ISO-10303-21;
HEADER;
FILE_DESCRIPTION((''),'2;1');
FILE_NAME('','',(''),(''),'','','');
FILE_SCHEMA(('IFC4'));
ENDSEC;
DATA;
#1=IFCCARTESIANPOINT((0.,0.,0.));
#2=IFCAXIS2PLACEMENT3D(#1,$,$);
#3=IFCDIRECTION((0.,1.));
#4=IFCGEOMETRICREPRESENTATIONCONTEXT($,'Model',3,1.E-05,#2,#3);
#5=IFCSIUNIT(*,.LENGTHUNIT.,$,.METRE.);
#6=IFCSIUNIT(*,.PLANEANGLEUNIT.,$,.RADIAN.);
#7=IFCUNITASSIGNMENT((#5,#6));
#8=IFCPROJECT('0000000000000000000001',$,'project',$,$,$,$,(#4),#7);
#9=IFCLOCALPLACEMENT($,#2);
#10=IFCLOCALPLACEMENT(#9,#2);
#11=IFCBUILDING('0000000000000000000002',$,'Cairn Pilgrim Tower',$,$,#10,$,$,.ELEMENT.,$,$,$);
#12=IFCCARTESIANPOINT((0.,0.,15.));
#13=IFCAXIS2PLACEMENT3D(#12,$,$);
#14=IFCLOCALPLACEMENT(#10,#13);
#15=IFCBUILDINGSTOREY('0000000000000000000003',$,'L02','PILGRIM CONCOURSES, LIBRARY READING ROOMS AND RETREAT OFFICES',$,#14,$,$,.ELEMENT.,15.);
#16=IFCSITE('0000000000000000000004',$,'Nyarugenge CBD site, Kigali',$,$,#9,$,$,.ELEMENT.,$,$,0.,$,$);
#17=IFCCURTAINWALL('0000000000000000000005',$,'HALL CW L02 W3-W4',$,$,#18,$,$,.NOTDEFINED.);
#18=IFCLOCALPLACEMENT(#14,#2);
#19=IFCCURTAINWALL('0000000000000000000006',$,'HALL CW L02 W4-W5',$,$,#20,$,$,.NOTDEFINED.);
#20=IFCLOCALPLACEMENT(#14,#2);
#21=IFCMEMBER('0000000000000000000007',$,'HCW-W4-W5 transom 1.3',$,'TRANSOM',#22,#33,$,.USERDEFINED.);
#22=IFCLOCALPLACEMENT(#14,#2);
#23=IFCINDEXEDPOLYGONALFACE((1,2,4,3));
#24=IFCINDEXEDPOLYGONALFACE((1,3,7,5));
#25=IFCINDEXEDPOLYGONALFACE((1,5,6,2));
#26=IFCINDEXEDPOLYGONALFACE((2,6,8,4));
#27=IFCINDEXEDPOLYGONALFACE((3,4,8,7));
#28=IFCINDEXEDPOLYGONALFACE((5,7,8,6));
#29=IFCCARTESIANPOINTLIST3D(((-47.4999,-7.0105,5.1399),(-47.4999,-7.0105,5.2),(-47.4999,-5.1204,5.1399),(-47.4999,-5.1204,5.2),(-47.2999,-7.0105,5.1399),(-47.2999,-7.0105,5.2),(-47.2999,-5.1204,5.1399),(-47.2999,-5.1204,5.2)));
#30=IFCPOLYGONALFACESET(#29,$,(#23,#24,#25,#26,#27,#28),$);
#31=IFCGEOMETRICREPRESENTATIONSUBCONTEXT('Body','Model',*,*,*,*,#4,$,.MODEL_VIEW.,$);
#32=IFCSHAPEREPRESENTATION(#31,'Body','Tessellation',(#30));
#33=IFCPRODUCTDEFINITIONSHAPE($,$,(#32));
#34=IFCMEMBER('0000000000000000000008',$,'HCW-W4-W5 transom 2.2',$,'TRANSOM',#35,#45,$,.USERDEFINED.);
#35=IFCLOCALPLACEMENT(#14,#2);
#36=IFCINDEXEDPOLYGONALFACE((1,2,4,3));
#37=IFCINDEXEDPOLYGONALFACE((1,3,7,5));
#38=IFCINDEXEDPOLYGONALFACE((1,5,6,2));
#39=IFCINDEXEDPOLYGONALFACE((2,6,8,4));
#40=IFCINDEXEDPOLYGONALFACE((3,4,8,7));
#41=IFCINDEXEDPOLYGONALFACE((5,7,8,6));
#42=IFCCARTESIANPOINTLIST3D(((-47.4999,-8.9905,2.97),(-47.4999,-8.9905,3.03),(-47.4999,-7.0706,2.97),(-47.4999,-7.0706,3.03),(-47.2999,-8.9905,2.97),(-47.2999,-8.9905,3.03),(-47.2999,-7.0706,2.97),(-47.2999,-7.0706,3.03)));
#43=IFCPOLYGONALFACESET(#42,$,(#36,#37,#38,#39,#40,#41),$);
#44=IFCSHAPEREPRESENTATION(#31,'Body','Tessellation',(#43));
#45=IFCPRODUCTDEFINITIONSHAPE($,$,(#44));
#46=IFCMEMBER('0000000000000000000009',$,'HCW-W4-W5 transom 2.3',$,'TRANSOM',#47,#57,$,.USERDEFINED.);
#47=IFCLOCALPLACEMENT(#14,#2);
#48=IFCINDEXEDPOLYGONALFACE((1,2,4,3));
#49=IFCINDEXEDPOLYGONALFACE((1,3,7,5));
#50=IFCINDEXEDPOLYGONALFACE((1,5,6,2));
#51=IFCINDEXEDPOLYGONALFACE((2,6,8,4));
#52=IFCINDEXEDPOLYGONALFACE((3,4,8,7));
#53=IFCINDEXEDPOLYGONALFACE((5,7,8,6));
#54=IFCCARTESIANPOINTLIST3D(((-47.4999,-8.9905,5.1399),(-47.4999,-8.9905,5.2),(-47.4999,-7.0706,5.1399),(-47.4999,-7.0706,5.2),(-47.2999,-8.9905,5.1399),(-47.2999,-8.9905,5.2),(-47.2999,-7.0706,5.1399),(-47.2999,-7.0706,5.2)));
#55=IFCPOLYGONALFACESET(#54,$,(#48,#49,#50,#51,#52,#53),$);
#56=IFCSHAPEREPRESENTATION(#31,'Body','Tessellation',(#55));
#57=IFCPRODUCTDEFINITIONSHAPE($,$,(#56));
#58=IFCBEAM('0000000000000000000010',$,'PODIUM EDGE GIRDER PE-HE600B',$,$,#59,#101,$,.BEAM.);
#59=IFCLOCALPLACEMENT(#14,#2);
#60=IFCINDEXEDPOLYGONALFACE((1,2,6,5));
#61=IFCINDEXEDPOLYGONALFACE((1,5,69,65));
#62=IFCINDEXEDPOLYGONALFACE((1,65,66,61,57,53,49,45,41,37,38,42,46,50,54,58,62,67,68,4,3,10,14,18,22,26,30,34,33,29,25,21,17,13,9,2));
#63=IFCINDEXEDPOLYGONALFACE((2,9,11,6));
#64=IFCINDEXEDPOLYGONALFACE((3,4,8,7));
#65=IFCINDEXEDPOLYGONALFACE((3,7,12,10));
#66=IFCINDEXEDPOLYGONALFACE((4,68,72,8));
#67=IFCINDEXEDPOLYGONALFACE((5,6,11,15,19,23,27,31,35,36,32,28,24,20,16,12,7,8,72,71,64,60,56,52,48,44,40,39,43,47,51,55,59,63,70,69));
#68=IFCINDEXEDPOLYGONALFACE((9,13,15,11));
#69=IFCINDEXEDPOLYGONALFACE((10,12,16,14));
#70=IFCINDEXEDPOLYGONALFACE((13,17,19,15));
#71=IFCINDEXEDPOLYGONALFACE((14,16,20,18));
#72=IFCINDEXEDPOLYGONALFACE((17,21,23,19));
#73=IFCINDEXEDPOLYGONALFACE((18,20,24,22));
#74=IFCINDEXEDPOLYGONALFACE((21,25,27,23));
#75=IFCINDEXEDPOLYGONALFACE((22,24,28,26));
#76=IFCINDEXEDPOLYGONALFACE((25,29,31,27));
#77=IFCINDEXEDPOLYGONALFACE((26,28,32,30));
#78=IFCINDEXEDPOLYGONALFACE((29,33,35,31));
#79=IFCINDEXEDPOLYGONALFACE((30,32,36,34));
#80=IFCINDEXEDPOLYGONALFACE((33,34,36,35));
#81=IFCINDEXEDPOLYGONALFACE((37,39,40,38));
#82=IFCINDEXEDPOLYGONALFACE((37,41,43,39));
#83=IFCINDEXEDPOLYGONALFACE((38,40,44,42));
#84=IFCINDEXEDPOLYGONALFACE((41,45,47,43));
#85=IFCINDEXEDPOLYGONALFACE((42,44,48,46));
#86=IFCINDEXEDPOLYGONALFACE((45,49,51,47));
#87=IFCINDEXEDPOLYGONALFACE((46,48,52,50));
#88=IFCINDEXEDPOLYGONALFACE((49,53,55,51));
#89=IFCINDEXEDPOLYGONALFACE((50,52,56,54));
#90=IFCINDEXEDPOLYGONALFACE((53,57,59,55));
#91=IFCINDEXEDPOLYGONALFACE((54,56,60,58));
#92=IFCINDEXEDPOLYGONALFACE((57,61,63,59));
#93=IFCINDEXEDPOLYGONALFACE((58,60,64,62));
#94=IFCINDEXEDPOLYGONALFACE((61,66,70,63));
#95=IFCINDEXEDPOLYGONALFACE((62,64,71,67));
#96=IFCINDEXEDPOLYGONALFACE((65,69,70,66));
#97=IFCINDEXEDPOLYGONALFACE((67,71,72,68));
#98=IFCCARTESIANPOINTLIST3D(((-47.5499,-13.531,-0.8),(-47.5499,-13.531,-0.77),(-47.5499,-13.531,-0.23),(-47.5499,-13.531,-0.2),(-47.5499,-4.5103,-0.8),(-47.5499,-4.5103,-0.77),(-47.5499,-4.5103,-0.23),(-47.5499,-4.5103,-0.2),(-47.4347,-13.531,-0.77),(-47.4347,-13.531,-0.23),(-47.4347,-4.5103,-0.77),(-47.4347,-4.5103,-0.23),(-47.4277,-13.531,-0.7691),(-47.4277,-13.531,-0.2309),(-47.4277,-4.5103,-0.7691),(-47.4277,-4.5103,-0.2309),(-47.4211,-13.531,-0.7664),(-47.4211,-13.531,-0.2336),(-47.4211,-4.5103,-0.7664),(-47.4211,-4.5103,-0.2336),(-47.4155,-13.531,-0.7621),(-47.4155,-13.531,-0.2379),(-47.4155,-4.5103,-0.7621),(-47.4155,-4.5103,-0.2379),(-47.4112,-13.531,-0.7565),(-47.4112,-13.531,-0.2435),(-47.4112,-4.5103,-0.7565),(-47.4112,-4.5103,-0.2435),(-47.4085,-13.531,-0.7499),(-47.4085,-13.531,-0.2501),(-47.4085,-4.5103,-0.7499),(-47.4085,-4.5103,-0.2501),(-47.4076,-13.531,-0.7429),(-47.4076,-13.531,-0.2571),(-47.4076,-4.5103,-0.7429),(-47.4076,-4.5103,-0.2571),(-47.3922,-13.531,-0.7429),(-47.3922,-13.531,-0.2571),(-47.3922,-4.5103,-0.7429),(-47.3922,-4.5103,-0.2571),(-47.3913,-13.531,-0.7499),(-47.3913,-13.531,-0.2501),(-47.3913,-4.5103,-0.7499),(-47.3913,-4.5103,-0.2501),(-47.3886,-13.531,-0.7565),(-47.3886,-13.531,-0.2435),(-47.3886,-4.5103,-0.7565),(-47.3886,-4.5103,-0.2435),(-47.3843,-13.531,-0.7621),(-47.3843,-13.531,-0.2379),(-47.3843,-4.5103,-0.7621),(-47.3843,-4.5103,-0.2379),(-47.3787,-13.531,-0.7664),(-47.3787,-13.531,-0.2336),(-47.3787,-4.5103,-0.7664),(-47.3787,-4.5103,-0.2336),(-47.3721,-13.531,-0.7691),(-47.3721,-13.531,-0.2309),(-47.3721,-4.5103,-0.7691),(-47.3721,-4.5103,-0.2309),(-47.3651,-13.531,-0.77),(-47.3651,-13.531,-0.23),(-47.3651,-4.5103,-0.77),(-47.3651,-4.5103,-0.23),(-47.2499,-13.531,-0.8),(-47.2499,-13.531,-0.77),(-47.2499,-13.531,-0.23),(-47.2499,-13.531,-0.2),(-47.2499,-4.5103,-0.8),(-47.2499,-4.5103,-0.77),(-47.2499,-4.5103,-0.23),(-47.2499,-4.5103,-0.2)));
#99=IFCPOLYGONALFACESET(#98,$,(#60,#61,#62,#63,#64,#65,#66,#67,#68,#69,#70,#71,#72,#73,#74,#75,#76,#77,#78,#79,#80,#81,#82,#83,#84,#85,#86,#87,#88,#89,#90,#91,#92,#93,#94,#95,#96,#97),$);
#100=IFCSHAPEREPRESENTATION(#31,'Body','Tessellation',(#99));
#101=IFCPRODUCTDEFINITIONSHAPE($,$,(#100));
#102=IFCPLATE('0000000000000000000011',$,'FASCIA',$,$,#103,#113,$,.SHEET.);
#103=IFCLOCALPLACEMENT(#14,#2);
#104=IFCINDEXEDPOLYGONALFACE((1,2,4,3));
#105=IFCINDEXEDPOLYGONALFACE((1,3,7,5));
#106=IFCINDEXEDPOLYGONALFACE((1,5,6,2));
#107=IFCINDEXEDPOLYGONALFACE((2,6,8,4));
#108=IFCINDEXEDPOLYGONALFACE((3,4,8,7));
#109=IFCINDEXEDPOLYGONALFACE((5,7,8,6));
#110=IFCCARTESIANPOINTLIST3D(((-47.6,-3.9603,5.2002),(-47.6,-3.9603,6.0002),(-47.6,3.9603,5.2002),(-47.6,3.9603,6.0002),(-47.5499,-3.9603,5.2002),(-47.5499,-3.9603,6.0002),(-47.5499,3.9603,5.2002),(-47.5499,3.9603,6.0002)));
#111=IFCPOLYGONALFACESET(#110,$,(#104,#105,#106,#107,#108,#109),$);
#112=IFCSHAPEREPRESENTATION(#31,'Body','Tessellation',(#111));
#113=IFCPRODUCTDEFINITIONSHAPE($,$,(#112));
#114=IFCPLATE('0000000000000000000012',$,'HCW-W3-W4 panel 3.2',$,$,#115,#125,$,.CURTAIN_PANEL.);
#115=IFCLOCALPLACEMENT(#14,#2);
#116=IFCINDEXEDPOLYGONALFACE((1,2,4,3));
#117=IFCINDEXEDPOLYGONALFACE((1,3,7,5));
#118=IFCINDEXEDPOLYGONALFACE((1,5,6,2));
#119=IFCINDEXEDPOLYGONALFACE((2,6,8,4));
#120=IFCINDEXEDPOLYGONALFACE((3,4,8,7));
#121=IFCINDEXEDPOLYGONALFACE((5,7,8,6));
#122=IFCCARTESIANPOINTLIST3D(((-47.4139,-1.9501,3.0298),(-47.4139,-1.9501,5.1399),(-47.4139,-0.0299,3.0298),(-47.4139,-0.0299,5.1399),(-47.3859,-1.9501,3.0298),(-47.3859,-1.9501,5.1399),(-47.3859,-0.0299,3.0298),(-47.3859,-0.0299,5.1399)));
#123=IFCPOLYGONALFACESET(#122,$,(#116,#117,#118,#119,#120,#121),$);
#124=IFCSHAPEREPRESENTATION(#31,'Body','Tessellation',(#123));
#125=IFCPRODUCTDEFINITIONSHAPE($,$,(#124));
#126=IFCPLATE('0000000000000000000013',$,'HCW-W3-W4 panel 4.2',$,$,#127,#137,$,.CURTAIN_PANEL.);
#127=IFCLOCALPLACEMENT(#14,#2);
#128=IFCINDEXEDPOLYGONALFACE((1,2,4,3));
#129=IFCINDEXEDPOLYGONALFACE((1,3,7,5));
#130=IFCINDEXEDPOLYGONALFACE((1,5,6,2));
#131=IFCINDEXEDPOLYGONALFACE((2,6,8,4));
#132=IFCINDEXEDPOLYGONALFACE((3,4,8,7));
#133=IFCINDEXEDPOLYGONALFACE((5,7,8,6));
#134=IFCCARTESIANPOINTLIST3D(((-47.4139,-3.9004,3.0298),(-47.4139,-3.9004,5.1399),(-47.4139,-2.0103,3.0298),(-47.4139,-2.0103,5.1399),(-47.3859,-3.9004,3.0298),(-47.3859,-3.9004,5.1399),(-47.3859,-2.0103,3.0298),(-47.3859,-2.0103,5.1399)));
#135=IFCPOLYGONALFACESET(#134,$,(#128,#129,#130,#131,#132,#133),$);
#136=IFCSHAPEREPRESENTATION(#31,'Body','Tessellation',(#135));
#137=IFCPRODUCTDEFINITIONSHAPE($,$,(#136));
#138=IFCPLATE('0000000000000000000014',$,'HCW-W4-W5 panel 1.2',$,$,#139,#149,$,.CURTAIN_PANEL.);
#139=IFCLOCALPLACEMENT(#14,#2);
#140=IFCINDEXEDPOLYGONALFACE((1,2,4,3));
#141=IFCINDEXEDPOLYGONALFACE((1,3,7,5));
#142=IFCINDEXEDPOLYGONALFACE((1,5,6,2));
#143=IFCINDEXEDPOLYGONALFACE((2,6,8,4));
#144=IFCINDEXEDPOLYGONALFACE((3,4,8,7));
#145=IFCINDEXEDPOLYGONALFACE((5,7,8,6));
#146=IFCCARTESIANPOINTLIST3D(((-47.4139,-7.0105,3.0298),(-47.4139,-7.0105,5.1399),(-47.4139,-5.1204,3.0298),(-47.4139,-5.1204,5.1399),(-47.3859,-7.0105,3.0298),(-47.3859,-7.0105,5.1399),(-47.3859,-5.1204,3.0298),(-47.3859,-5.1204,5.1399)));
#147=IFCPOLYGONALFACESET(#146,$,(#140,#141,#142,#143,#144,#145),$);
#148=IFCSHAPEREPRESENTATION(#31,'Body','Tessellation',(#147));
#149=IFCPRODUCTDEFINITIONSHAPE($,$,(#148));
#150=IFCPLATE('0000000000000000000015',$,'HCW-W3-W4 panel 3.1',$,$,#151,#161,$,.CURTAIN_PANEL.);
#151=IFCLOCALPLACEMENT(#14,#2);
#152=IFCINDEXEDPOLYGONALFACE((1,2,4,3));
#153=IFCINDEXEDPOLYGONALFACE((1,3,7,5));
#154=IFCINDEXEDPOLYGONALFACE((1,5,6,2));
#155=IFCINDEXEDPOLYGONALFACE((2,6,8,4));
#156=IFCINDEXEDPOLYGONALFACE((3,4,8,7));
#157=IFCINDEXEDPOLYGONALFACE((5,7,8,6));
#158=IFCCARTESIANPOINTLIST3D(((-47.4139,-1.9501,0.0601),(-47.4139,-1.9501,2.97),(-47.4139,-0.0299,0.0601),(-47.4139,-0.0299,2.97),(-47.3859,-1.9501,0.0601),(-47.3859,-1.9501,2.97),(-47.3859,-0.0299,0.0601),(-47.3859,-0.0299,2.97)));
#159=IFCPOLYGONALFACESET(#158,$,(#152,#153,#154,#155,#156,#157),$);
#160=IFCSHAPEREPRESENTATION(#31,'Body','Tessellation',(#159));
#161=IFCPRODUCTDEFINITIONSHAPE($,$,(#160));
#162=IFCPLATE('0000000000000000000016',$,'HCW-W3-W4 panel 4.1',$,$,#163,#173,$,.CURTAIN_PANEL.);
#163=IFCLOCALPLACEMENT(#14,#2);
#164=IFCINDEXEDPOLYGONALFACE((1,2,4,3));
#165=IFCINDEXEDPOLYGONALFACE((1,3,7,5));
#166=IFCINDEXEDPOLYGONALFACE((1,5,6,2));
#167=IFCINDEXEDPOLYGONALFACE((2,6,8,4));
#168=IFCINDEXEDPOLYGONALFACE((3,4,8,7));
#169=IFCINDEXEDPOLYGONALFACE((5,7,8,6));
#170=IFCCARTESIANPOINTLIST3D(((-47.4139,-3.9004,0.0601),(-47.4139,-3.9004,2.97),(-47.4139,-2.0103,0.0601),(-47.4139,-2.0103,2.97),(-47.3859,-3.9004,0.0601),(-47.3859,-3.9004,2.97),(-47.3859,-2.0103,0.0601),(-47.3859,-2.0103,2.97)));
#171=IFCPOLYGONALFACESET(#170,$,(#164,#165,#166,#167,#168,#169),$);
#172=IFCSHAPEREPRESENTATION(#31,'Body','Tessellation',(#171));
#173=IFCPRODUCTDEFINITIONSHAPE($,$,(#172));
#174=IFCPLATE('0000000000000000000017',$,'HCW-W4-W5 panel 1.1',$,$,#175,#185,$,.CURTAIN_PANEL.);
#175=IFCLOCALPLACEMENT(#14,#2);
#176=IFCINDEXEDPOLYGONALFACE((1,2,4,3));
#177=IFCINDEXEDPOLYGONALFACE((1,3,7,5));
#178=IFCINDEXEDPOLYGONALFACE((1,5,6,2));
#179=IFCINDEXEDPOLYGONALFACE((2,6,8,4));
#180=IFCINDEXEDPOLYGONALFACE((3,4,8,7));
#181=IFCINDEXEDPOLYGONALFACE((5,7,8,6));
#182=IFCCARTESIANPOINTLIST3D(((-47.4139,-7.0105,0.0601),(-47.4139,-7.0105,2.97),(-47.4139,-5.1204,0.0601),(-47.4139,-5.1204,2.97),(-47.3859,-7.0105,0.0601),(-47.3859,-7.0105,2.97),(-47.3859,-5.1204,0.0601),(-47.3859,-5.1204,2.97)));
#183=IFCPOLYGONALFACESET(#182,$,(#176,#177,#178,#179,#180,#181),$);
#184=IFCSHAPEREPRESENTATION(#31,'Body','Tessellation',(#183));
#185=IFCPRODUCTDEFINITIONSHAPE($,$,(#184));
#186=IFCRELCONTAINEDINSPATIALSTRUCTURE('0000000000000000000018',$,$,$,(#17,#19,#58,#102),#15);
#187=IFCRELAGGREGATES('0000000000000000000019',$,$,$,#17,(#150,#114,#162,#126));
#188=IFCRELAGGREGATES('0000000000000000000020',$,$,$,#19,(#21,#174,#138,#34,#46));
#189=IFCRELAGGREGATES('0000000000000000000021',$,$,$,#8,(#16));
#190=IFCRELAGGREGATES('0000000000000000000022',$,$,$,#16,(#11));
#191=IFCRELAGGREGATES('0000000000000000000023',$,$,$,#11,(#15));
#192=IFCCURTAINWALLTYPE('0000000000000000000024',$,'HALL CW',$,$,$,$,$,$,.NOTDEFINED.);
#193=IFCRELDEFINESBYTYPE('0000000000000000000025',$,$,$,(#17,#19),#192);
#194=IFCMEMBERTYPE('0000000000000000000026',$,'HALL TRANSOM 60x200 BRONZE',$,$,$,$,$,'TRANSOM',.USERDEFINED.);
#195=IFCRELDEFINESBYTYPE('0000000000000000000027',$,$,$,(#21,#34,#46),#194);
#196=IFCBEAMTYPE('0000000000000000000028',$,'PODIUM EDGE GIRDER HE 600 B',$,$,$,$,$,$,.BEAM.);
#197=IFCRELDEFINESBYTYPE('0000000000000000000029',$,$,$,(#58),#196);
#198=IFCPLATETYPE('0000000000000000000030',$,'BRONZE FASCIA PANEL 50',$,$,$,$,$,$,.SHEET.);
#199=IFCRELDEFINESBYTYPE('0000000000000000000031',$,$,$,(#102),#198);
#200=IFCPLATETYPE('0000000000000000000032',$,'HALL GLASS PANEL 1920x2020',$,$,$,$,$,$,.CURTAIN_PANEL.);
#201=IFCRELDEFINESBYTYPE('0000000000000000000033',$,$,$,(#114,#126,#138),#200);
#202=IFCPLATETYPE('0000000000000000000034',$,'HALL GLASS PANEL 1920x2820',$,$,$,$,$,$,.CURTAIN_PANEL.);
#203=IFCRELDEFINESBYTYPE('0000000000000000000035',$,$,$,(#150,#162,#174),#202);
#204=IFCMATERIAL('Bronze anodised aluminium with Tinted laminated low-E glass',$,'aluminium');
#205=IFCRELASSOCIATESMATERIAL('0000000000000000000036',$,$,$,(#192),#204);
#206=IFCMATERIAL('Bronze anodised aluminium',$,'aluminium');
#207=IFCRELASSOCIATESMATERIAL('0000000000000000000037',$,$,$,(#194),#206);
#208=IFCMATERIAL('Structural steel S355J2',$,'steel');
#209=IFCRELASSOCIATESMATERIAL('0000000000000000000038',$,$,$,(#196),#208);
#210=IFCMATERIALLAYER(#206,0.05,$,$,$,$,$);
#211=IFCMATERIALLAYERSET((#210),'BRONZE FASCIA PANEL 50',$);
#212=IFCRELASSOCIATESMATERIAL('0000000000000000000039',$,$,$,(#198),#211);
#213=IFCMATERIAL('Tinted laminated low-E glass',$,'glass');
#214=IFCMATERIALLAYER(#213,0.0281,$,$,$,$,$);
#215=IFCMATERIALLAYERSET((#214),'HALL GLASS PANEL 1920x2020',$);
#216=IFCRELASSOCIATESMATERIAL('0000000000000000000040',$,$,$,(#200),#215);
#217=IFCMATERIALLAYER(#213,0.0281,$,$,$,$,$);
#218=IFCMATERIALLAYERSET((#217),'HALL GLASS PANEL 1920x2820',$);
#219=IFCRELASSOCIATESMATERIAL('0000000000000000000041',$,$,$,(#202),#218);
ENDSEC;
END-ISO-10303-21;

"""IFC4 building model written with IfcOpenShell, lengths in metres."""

from ifc_helpers import new_model, si_unit, direction, frame, origin, origin_2d, place, context, subcontext, project, spatial, rectangle, i_section, extrude, material, layer, layer_set, material_profile, profile_set, type_object, element, aggregate, save


model = new_model("IFC4")

# Units and contexts
model_context = context("Model", 3, precision=1e-05, world=origin(), true_north=direction((0.0, 1.0)))
body_context = subcontext(model_context, "Body", "Model", "MODEL_VIEW")
ifc_project = project(units=[si_unit("LENGTHUNIT", "METRE"), si_unit("PLANEANGLEUNIT", "RADIAN")], contexts=[model_context])

# Site, building, storey
site_placement = place(None, origin())
site = spatial("IfcSite", under=ifc_project, at=site_placement, Name="Nyarugenge CBD site, Kigali", CompositionType="ELEMENT", RefElevation=0.0)
building_placement = place(site_placement, origin())
building = spatial("IfcBuilding", under=site, at=building_placement, Name="Cairn Pilgrim Tower", CompositionType="ELEMENT")
storey_placement = place(building_placement, frame((0.0, 0.0, 15.0)))
storey = spatial("IfcBuildingStorey", under=building, at=storey_placement, Name="L02", Description="PILGRIM CONCOURSES, LIBRARY READING ROOMS AND RETREAT OFFICES", CompositionType="ELEMENT", Elevation=15.0)

# Curtain walls
ifc_material_1 = material(Name="Bronze anodised aluminium with Tinted laminated low-E glass", Category="aluminium")
curtain_wall_type = type_object("IfcCurtainWallType", Name="HALL CW", PredefinedType="NOTDEFINED", material=ifc_material_1)
curtain_wall_1_placement = place(storey_placement, origin())
curtain_wall_1 = element("IfcCurtainWall", 1, at=curtain_wall_1_placement, inside=storey, type_object=curtain_wall_type, Name="HALL CW L02 W3-W4", PredefinedType="NOTDEFINED")
ifc_material_2 = material(Name="Bronze anodised aluminium", Category="aluminium")
curtain_wall_2_placement = place(storey_placement, origin())
curtain_wall_2 = element("IfcCurtainWall", 2, at=curtain_wall_2_placement, inside=storey, type_object=curtain_wall_type, Name="HALL CW L02 W4-W5", PredefinedType="NOTDEFINED")

# Members
ifc_material_profile_1 = material_profile(ifc_material_2, rectangle(XDim=0.2, YDim=0.0601, at=origin_2d()), Name="HALL TRANSOM 60x200 BRONZE")
ifc_profile_set_1 = profile_set([ifc_material_profile_1], Name="Bronze anodised aluminium")
member_type_1 = type_object("IfcMemberType", Name="HALL TRANSOM 60x200 BRONZE", ElementType="TRANSOM", PredefinedType="USERDEFINED", material=ifc_profile_set_1)
member_1_placement = place(storey_placement, frame((-47.3999, -5.1204, 5.1699), z_axis=(0.0, -1.0, 0.0), x_axis=(1.0, 0.0, 0.0)))
member_1 = element("IfcMember", 3, at=member_1_placement, type_object=member_type_1, Name="HCW-W4-W5 transom 1.3", ObjectType="TRANSOM", PredefinedType="USERDEFINED", context=body_context, shape_type="SweptSolid", body=[
    extrude(rectangle(XDim=0.2, YDim=0.0601, at=origin_2d()), origin(), (0.0, 0.0, 1.0), 1.8901),
])
member_2_placement = place(storey_placement, frame((-47.3999, -7.0706, 3.0), z_axis=(0.0, -1.0, 0.0), x_axis=(1.0, 0.0, 0.0)))
member_2 = element("IfcMember", 4, at=member_2_placement, type_object=member_type_1, Name="HCW-W4-W5 transom 2.2", ObjectType="TRANSOM", PredefinedType="USERDEFINED", context=body_context, shape_type="SweptSolid", body=[
    extrude(rectangle(XDim=0.2, YDim=0.0601, at=origin_2d()), origin(), (0.0, 0.0, 1.0), 1.9199),
])
member_3_placement = place(storey_placement, frame((-47.3999, -7.0706, 5.1699), z_axis=(0.0, -1.0, 0.0), x_axis=(1.0, 0.0, 0.0)))
member_3 = element("IfcMember", 5, at=member_3_placement, type_object=member_type_1, Name="HCW-W4-W5 transom 2.3", ObjectType="TRANSOM", PredefinedType="USERDEFINED", context=body_context, shape_type="SweptSolid", body=[
    extrude(rectangle(XDim=0.2, YDim=0.0601, at=origin_2d()), origin(), (0.0, 0.0, 1.0), 1.9199),
])

# Beam
ifc_material_3 = material(Name="Structural steel S355J2", Category="steel")
ifc_material_profile_2 = material_profile(ifc_material_3, i_section(OverallWidth=0.3, OverallDepth=0.6001, WebThickness=0.0154, FlangeThickness=0.03, FilletRadius=0.0271, at=origin_2d()), Name="HEB 600")
ifc_profile_set_2 = profile_set([ifc_material_profile_2], Name="Structural steel S355J2")
beam_type = type_object("IfcBeamType", Name="PODIUM EDGE GIRDER HE 600 B", PredefinedType="BEAM", material=ifc_profile_set_2)
beam_placement = place(storey_placement, frame((-47.3999, -4.5103, -0.5), z_axis=(0.0, -1.0, 0.0), x_axis=(1.0, 0.0, 0.0)))
element("IfcBeam", 6, at=beam_placement, inside=storey, type_object=beam_type, Name="PODIUM EDGE GIRDER PE-HE600B", PredefinedType="BEAM", context=body_context, shape_type="SweptSolid", body=[
    extrude(i_section(OverallWidth=0.3, OverallDepth=0.6001, WebThickness=0.0154, FlangeThickness=0.03, FilletRadius=0.0271, at=origin_2d()), origin(), (0.0, 0.0, 1.0), 9.0208),
])

# Plates
ifc_layer_1 = layer(ifc_material_2, 0.05)
ifc_layer_set_1 = layer_set([ifc_layer_1], Name="BRONZE FASCIA PANEL 50")
plate_type_1 = type_object("IfcPlateType", Name="BRONZE FASCIA PANEL 50", PredefinedType="SHEET", material=ifc_layer_set_1)
plate_1_placement = place(storey_placement, frame((-47.575, 0.0, 5.2002), z_axis=(0.0, 0.0, 1.0), x_axis=(0.0, -1.0, 0.0)))
element("IfcPlate", 7, at=plate_1_placement, inside=storey, type_object=plate_type_1, Name="FASCIA", PredefinedType="SHEET", context=body_context, shape_type="SweptSolid", body=[
    extrude(rectangle(XDim=7.9207, YDim=0.05, at=origin_2d()), origin(), (0.0, 0.0, 1.0), 0.8),
])
ifc_material_4 = material(Name="Tinted laminated low-E glass", Category="glass")
ifc_layer_2 = layer(ifc_material_4, 0.0281)
ifc_layer_set_2 = layer_set([ifc_layer_2], Name="HALL GLASS PANEL 1920x2020")
plate_type_2 = type_object("IfcPlateType", Name="HALL GLASS PANEL 1920x2020", PredefinedType="CURTAIN_PANEL", material=ifc_layer_set_2)
plate_2_placement = place(storey_placement, frame((-47.3999, -0.99, 3.0298), z_axis=(0.0, 0.0, 1.0), x_axis=(0.0, -1.0, 0.0)))
plate_2 = element("IfcPlate", 8, at=plate_2_placement, type_object=plate_type_2, Name="HCW-W3-W4 panel 3.2", PredefinedType="CURTAIN_PANEL", context=body_context, shape_type="SweptSolid", body=[
    extrude(rectangle(XDim=1.9202, YDim=0.0281, at=origin_2d()), origin(), (0.0, 0.0, 1.0), 2.1101),
])
plate_3_placement = place(storey_placement, frame((-47.3999, -2.9553, 3.0298), z_axis=(0.0, 0.0, 1.0), x_axis=(0.0, -1.0, 0.0)))
plate_3 = element("IfcPlate", 9, at=plate_3_placement, type_object=plate_type_2, Name="HCW-W3-W4 panel 4.2", PredefinedType="CURTAIN_PANEL", context=body_context, shape_type="SweptSolid", body=[
    extrude(rectangle(XDim=1.8901, YDim=0.0281, at=origin_2d()), origin(), (0.0, 0.0, 1.0), 2.1101),
])
plate_4_placement = place(storey_placement, frame((-47.3999, -6.0654, 3.0298), z_axis=(0.0, 0.0, 1.0), x_axis=(0.0, -1.0, 0.0)))
plate_4 = element("IfcPlate", 10, at=plate_4_placement, type_object=plate_type_2, Name="HCW-W4-W5 panel 1.2", PredefinedType="CURTAIN_PANEL", context=body_context, shape_type="SweptSolid", body=[
    extrude(rectangle(XDim=1.8901, YDim=0.0281, at=origin_2d()), origin(), (0.0, 0.0, 1.0), 2.1101),
])
ifc_layer_3 = layer(ifc_material_4, 0.0281)
ifc_layer_set_3 = layer_set([ifc_layer_3], Name="HALL GLASS PANEL 1920x2820")
plate_type_3 = type_object("IfcPlateType", Name="HALL GLASS PANEL 1920x2820", PredefinedType="CURTAIN_PANEL", material=ifc_layer_set_3)
plate_5_placement = place(storey_placement, frame((-47.3999, -0.99, 0.0601), z_axis=(0.0, 0.0, 1.0), x_axis=(0.0, -1.0, 0.0)))
plate_5 = element("IfcPlate", 11, at=plate_5_placement, type_object=plate_type_3, Name="HCW-W3-W4 panel 3.1", PredefinedType="CURTAIN_PANEL", context=body_context, shape_type="SweptSolid", body=[
    extrude(rectangle(XDim=1.9202, YDim=0.0281, at=origin_2d()), origin(), (0.0, 0.0, 1.0), 2.9099),
])
plate_6_placement = place(storey_placement, frame((-47.3999, -2.9553, 0.0601), z_axis=(0.0, 0.0, 1.0), x_axis=(0.0, -1.0, 0.0)))
plate_6 = element("IfcPlate", 12, at=plate_6_placement, type_object=plate_type_3, Name="HCW-W3-W4 panel 4.1", PredefinedType="CURTAIN_PANEL", context=body_context, shape_type="SweptSolid", body=[
    extrude(rectangle(XDim=1.8901, YDim=0.0281, at=origin_2d()), origin(), (0.0, 0.0, 1.0), 2.9099),
])
aggregate(curtain_wall_1, [plate_5, plate_2, plate_6, plate_3])
plate_7_placement = place(storey_placement, frame((-47.3999, -6.0654, 0.0601), z_axis=(0.0, 0.0, 1.0), x_axis=(0.0, -1.0, 0.0)))
plate_7 = element("IfcPlate", 13, at=plate_7_placement, type_object=plate_type_3, Name="HCW-W4-W5 panel 1.1", PredefinedType="CURTAIN_PANEL", context=body_context, shape_type="SweptSolid", body=[
    extrude(rectangle(XDim=1.8901, YDim=0.0281, at=origin_2d()), origin(), (0.0, 0.0, 1.0), 2.9099),
])
aggregate(curtain_wall_2, [member_1, plate_7, plate_4, member_2, member_3])

save(model, "model.ifc")
